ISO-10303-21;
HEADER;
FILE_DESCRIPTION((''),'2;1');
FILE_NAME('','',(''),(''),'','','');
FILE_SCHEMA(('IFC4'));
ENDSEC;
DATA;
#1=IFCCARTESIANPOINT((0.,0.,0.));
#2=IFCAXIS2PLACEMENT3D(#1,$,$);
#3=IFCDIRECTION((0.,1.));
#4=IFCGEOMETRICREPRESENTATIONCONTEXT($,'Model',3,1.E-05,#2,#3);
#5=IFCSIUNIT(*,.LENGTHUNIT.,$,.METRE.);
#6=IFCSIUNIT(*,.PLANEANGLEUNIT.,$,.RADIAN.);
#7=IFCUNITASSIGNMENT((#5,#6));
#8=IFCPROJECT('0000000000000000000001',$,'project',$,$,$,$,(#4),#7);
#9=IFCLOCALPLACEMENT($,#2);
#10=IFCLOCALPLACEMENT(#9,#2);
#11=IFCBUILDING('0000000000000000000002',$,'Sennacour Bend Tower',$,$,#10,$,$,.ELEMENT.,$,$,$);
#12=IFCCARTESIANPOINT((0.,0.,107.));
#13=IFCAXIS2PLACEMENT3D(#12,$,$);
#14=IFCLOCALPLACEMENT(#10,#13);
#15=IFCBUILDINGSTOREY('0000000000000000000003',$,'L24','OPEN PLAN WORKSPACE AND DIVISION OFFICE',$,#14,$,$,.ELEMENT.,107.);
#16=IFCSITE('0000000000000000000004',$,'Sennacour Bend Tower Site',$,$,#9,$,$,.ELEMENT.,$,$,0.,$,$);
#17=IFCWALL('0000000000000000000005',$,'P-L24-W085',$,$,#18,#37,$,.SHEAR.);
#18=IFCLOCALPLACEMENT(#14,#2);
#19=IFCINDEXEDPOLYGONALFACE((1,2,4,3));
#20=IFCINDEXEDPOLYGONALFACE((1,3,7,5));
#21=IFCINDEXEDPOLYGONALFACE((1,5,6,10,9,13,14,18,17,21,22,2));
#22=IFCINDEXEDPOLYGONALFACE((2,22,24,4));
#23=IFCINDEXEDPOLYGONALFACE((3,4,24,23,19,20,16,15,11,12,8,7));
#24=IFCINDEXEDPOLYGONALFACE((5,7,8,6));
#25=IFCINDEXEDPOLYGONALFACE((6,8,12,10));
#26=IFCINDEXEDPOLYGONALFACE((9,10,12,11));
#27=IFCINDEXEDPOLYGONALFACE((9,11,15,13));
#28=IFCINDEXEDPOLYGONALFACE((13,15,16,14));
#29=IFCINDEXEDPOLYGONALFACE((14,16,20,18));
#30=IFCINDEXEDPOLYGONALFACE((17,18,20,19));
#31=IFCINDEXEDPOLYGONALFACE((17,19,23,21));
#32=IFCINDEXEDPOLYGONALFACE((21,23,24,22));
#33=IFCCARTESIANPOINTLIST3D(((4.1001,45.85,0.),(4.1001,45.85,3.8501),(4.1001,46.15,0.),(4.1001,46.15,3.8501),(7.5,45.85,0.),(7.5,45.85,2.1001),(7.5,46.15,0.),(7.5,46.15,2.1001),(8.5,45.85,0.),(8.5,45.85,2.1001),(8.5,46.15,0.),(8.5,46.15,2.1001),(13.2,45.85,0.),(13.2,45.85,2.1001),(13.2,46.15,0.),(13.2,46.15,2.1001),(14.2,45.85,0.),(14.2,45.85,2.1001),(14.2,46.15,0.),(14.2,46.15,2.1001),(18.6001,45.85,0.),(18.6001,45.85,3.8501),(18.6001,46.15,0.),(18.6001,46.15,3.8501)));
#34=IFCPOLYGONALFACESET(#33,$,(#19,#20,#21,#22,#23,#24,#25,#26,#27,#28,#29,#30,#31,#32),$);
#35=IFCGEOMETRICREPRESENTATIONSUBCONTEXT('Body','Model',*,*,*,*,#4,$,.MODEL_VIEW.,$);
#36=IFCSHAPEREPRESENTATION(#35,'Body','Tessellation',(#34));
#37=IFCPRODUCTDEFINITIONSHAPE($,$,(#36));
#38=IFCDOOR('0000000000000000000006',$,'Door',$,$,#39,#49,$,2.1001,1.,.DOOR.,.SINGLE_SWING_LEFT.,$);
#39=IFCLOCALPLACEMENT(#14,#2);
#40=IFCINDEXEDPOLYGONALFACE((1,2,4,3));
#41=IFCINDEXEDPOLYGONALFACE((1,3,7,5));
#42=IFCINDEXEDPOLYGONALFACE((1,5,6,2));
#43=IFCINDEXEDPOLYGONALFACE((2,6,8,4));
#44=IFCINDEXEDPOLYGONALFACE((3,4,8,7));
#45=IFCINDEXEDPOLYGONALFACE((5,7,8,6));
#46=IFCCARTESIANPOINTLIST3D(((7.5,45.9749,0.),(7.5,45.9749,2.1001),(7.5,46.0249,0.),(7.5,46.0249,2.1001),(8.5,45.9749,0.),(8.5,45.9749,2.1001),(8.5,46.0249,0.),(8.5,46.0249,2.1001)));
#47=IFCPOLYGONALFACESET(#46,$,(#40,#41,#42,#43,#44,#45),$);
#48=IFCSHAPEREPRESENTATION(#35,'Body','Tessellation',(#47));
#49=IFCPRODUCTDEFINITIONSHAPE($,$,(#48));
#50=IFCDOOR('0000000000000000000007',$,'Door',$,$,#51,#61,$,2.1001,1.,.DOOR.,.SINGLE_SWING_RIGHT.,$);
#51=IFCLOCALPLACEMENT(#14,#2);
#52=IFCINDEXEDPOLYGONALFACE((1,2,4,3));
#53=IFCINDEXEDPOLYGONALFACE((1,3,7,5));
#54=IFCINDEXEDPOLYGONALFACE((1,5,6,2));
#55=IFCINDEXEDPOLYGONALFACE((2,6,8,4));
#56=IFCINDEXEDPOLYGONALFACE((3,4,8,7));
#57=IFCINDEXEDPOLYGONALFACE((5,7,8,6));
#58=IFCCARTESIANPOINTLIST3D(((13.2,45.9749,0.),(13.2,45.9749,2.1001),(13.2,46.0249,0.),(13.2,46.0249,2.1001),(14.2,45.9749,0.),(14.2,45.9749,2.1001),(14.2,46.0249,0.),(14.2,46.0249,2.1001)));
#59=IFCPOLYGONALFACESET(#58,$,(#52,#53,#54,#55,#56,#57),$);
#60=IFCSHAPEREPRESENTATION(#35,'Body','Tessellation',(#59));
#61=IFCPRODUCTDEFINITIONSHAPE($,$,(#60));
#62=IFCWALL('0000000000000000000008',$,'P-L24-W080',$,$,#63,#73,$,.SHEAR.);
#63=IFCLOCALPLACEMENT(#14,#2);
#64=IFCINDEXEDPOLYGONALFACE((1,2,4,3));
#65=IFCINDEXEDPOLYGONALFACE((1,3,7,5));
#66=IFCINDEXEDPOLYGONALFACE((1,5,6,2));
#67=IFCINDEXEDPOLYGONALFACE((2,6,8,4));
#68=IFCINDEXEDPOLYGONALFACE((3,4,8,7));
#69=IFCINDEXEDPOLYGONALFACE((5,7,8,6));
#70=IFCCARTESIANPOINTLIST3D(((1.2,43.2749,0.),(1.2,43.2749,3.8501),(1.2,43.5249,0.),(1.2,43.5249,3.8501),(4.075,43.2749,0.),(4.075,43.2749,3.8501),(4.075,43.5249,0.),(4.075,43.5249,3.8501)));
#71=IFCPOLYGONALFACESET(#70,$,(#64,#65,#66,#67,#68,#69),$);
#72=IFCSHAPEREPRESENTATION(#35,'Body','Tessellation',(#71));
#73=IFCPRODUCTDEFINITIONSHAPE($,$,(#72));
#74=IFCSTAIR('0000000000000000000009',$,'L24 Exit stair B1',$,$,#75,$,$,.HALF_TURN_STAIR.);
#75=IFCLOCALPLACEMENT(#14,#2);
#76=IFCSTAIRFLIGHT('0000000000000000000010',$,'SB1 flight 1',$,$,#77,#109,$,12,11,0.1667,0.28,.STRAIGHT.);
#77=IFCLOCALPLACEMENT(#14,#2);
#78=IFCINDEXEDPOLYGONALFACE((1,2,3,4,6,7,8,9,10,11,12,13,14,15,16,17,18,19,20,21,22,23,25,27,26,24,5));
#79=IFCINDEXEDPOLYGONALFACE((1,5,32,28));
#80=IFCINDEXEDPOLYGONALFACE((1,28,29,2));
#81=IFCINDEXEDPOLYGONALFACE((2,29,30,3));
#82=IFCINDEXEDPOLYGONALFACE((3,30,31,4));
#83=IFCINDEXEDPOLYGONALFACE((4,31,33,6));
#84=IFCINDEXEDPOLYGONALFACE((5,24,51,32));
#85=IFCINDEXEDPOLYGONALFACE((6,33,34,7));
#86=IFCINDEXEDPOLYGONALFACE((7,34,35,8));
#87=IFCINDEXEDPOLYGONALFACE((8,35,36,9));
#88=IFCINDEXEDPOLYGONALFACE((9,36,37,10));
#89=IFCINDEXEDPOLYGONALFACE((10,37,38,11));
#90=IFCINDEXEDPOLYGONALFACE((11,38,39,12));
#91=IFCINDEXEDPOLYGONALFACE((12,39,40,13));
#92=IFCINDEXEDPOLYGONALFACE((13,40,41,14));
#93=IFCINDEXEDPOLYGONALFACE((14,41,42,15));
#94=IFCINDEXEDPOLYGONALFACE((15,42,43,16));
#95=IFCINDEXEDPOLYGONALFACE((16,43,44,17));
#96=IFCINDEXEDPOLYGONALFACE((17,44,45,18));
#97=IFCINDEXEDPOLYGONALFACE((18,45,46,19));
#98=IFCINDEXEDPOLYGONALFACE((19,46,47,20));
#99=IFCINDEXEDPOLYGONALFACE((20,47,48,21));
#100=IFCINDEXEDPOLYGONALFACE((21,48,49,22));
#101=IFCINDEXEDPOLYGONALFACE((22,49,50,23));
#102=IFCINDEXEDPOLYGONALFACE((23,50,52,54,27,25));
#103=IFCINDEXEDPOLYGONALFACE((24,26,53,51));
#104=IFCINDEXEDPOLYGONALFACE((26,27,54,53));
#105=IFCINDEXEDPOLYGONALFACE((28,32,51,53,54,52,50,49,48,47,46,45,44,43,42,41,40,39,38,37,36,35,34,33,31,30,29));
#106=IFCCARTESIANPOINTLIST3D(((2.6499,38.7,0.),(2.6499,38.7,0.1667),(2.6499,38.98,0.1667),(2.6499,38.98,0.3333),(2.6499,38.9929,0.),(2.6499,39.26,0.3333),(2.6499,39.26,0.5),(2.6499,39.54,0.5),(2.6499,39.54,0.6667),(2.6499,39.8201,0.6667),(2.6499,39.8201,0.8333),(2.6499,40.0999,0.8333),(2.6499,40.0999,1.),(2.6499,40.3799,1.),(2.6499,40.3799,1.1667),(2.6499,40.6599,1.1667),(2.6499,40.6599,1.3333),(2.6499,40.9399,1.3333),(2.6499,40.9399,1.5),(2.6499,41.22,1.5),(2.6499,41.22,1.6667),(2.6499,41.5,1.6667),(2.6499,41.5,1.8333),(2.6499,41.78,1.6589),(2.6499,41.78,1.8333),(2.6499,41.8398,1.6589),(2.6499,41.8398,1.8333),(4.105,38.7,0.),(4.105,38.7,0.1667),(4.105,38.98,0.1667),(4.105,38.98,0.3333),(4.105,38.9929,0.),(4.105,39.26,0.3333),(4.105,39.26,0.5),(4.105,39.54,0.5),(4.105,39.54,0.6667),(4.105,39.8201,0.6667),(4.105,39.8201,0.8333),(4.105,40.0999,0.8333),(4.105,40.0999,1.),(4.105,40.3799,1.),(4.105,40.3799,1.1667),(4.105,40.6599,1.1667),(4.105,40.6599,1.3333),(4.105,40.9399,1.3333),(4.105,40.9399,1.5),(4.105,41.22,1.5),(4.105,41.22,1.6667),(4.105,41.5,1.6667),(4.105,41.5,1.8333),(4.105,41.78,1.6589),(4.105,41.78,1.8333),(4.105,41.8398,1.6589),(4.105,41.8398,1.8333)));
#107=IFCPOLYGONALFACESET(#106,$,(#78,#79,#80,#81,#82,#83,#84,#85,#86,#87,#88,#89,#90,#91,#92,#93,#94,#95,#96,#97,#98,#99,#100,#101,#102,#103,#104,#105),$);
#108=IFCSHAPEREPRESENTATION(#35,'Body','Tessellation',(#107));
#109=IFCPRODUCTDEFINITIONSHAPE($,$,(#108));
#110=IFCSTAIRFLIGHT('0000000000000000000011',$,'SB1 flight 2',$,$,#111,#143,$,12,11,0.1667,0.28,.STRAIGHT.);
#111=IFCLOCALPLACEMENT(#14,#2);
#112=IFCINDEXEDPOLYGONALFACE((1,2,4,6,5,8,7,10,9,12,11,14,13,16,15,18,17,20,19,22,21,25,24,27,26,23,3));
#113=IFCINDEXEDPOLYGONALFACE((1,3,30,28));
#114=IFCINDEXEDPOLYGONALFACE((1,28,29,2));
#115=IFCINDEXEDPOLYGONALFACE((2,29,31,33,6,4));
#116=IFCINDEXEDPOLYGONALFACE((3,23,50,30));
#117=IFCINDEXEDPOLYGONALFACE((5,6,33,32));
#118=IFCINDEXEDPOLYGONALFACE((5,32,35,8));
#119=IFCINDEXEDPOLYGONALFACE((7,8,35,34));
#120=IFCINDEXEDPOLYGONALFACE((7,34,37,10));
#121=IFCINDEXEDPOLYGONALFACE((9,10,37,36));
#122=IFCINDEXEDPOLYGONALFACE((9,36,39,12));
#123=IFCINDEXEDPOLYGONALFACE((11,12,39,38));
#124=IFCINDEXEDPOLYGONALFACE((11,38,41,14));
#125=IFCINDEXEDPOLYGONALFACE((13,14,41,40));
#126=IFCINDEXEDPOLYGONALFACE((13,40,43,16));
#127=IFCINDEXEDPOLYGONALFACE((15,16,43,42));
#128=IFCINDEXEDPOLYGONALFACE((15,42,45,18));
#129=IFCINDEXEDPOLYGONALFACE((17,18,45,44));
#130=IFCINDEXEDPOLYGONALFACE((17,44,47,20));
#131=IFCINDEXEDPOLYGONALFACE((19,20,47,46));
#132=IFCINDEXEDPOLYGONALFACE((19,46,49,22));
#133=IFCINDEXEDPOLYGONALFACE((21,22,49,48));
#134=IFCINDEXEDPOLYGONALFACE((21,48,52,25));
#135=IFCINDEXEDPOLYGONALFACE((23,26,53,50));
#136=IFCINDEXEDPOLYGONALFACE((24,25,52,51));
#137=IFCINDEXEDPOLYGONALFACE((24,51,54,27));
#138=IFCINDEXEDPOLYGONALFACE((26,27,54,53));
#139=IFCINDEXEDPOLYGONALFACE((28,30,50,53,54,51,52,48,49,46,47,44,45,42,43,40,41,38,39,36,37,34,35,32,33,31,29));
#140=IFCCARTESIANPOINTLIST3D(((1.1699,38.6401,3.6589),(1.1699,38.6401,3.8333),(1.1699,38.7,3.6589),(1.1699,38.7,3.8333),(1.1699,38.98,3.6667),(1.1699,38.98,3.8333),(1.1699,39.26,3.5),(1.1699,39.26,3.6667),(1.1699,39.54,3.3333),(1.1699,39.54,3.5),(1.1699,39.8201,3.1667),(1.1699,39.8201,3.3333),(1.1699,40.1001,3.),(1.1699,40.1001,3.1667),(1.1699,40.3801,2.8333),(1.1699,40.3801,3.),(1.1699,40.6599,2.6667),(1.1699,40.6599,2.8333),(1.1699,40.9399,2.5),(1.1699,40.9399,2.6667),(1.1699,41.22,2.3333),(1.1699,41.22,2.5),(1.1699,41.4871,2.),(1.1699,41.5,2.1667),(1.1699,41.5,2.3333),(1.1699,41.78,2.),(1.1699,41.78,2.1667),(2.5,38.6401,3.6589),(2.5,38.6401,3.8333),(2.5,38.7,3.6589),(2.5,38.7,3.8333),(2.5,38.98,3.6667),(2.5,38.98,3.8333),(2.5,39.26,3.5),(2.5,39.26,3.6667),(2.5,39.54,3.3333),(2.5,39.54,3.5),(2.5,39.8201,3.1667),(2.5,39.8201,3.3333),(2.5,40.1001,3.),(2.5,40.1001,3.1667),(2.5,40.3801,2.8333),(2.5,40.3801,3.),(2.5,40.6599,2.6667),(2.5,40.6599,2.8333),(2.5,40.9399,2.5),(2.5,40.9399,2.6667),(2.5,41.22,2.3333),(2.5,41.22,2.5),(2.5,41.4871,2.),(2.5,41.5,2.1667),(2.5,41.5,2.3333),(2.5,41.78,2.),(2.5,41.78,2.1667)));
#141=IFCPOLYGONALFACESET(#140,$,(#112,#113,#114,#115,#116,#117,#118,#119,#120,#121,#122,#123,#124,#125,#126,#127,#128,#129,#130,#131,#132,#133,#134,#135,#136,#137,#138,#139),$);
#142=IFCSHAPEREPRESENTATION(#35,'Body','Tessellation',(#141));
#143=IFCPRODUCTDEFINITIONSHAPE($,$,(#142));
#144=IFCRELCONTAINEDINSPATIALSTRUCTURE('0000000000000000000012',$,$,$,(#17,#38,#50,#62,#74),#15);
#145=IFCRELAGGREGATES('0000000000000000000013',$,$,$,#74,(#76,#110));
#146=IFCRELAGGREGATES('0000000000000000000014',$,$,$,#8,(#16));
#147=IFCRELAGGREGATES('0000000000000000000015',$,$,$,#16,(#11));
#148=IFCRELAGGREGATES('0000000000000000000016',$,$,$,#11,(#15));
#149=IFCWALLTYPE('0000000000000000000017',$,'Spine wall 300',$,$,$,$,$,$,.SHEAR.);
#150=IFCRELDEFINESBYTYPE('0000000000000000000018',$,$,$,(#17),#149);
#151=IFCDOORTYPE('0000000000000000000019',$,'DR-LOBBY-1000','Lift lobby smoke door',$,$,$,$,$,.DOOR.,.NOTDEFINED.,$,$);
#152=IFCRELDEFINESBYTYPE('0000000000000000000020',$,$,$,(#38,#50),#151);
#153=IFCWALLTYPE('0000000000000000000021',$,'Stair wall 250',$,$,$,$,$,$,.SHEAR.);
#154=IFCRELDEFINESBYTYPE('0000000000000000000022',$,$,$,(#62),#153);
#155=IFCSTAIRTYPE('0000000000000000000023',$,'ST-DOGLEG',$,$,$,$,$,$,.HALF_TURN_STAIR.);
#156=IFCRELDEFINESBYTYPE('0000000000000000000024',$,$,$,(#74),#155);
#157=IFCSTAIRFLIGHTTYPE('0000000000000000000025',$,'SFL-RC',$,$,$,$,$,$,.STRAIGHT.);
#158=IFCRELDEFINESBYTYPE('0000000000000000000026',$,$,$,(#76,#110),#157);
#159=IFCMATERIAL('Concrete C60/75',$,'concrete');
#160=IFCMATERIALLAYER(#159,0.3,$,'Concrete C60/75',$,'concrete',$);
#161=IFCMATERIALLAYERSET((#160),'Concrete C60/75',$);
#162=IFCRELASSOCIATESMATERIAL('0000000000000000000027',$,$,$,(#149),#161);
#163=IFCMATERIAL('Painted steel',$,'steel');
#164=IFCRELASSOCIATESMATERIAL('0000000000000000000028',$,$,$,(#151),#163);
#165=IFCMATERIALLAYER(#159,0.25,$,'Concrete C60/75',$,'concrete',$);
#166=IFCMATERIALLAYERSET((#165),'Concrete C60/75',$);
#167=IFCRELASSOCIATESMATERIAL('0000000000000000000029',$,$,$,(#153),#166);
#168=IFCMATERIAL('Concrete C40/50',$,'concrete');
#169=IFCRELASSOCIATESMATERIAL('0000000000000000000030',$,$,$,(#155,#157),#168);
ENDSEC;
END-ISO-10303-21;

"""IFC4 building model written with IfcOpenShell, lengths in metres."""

from ifc_helpers import new_model, si_unit, direction, frame, frame_2d, origin, place, context, subcontext, project, spatial, polyline, rectangle, outline, extrude, material, layer, layer_set, type_object, element, fill, aggregate, save


model = new_model("IFC4")

# Units and contexts
model_context = context("Model", 3, precision=1e-05, world=origin(), true_north=direction((0.0, 1.0)))
body_context = subcontext(model_context, "Body", "Model", "MODEL_VIEW")
ifc_project = project(units=[si_unit("LENGTHUNIT", "METRE"), si_unit("PLANEANGLEUNIT", "RADIAN")], contexts=[model_context])

# Site, building, storey
site_placement = place(None, origin())
site = spatial("IfcSite", under=ifc_project, at=site_placement, Name="Sennacour Bend Tower Site", CompositionType="ELEMENT", RefElevation=0.0)
building_placement = place(site_placement, origin())
building = spatial("IfcBuilding", under=site, at=building_placement, Name="Sennacour Bend Tower", CompositionType="ELEMENT")
storey_placement = place(building_placement, frame((0.0, 0.0, 107.0)))
storey = spatial("IfcBuildingStorey", under=building, at=storey_placement, Name="L24", Description="OPEN PLAN WORKSPACE AND DIVISION OFFICE", CompositionType="ELEMENT", Elevation=107.0)

# Shared definitions
ifc_material_1 = material(Name="Painted steel", Category="steel")

# Wall, openings, doors
ifc_material_2 = material(Name="Concrete C60/75", Category="concrete")
ifc_layer_1 = layer(ifc_material_2, 0.3, Name="Concrete C60/75", Category="concrete")
ifc_layer_set_1 = layer_set([ifc_layer_1], Name="Concrete C60/75")
wall_type_1 = type_object("IfcWallType", Name="Spine wall 300", PredefinedType="SHEAR", material=ifc_layer_set_1)
wall_1_placement = place(storey_placement, frame((4.1001, 46.0, 0.0), z_axis=(0.0, 0.0, 1.0), x_axis=(1.0, 0.0, 0.0)))
wall_1 = element("IfcWall", 1, at=wall_1_placement, inside=storey, type_object=wall_type_1, Name="P-L24-W085", PredefinedType="SHEAR", context=body_context, shape_type="SweptSolid", body=[
    extrude(rectangle(XDim=14.5, YDim=0.3, at=frame_2d((7.25, 0.0))), origin(), (0.0, 0.0, 1.0), 3.8501),
])
opening_1_placement = place(wall_1_placement, frame((3.3999, 0.0, 0.0)))
opening_1 = element("IfcOpeningElement", 2, at=opening_1_placement, cuts=wall_1, PredefinedType="OPENING", context=body_context, shape_type="SweptSolid", body=[
    extrude(rectangle(XDim=1.0, YDim=2.1001, at=frame_2d((0.5, 1.05))), frame((0.0, 0.1602, 0.0), z_axis=(0.0, -1.0, 0.0), x_axis=(1.0, 0.0, 0.0)), (0.0, 0.0, 1.0), 0.3201),
])
opening_2_placement = place(wall_1_placement, frame((9.0999, 0.0, 0.0)))
opening_2 = element("IfcOpeningElement", 3, at=opening_2_placement, cuts=wall_1, PredefinedType="OPENING", context=body_context, shape_type="SweptSolid", body=[
    extrude(rectangle(XDim=1.0, YDim=2.1001, at=frame_2d((0.5, 1.05))), frame((0.0, 0.1602, 0.0), z_axis=(0.0, -1.0, 0.0), x_axis=(1.0, 0.0, 0.0)), (0.0, 0.0, 1.0), 0.3201),
])
door_type_1 = type_object("IfcDoorType", Name="DR-LOBBY-1000", Description="Lift lobby smoke door", OperationType="NOTDEFINED", PredefinedType="DOOR", material=ifc_material_1)
door_1_placement = place(opening_1_placement, origin())
door_1 = element("IfcDoor", 4, at=door_1_placement, inside=storey, type_object=door_type_1, Name="Door", OperationType="SINGLE_SWING_LEFT", OverallHeight=2.1001, OverallWidth=1.0, PredefinedType="DOOR", context=body_context, shape_type="SweptSolid", body=[
    extrude(rectangle(XDim=1.0, YDim=2.1001, at=frame_2d((0.5, 1.05))), frame((0.0, 0.0249, 0.0), z_axis=(0.0, -1.0, 0.0), x_axis=(1.0, 0.0, 0.0)), (0.0, 0.0, 1.0), 0.05),
])
fill(opening_1, door_1)
door_2_placement = place(opening_2_placement, origin())
door_2 = element("IfcDoor", 5, at=door_2_placement, inside=storey, type_object=door_type_1, Name="Door", OperationType="SINGLE_SWING_RIGHT", OverallHeight=2.1001, OverallWidth=1.0, PredefinedType="DOOR", context=body_context, shape_type="SweptSolid", body=[
    extrude(rectangle(XDim=1.0, YDim=2.1001, at=frame_2d((0.5, 1.05))), frame((0.0, 0.0249, 0.0), z_axis=(0.0, -1.0, 0.0), x_axis=(1.0, 0.0, 0.0)), (0.0, 0.0, 1.0), 0.05),
])
fill(opening_2, door_2)

# Wall
ifc_layer_2 = layer(ifc_material_2, 0.25, Name="Concrete C60/75", Category="concrete")
ifc_layer_set_2 = layer_set([ifc_layer_2], Name="Concrete C60/75")
wall_type_2 = type_object("IfcWallType", Name="Stair wall 250", PredefinedType="SHEAR", material=ifc_layer_set_2)
wall_2_placement = place(storey_placement, frame((1.2, 43.3999, 0.0), z_axis=(0.0, 0.0, 1.0), x_axis=(1.0, 0.0, 0.0)))
element("IfcWall", 6, at=wall_2_placement, inside=storey, type_object=wall_type_2, Name="P-L24-W080", PredefinedType="SHEAR", context=body_context, shape_type="SweptSolid", body=[
    extrude(rectangle(XDim=2.875, YDim=0.25, at=frame_2d((1.4375, 0.0))), origin(), (0.0, 0.0, 1.0), 3.8501),
])

# Stair, stair flights
ifc_material_3 = material(Name="Concrete C40/50", Category="concrete")
stair_type = type_object("IfcStairType", Name="ST-DOGLEG", PredefinedType="HALF_TURN_STAIR", material=ifc_material_3)
stair_placement = place(storey_placement, origin())
stair = element("IfcStair", 7, at=stair_placement, inside=storey, type_object=stair_type, Name="L24 Exit stair B1", PredefinedType="HALF_TURN_STAIR")
stair_flight_type = type_object("IfcStairFlightType", Name="SFL-RC", PredefinedType="STRAIGHT", material=ifc_material_3)
stair_flight_1_placement = place(storey_placement, frame((3.3774, 38.7, 0.0), z_axis=(0.0, 0.0, 1.0), x_axis=(0.0, 1.0, 0.0)))
stair_flight_1 = element("IfcStairFlight", 8, at=stair_flight_1_placement, type_object=stair_flight_type, Name="SB1 flight 1", NumberOfRisers=12, NumberOfTreads=11, PredefinedType="STRAIGHT", RiserHeight=0.1667, TreadLength=0.28, context=body_context, shape_type="SweptSolid", body=[
    extrude(outline(polyline([(0.0, 0.0), (0.0, 0.1667), (0.28, 0.1667), (0.28, 0.3333), (0.5601, 0.3333), (0.5601, 0.5), (0.8401, 0.5), (0.8401, 0.6667), (1.1201, 0.6667), (1.1201, 0.8333), (1.3999, 0.8333), (1.3999, 1.0), (1.6799, 1.0), (1.6799, 1.1667), (1.96, 1.1667), (1.96, 1.3333), (2.24, 1.3333), (2.24, 1.5), (2.52, 1.5), (2.52, 1.6667), (2.8, 1.6667), (2.8, 1.8333), (3.0801, 1.8333), (3.1399, 1.8333), (3.1399, 1.6589), (3.0801, 1.6589), (0.293, 0.0), (0.0, 0.0)])), frame((0.0, 0.7275, 0.0), z_axis=(0.0, -1.0, 0.0), x_axis=(1.0, 0.0, 0.0)), (0.0, 0.0, 1.0), 1.4551),
])
stair_flight_2_placement = place(storey_placement, frame((1.835, 41.78, 2.0), z_axis=(0.0, 0.0, 1.0), x_axis=(0.0, -1.0, 0.0)))
stair_flight_2 = element("IfcStairFlight", 9, at=stair_flight_2_placement, type_object=stair_flight_type, Name="SB1 flight 2", NumberOfRisers=12, NumberOfTreads=11, PredefinedType="STRAIGHT", RiserHeight=0.1667, TreadLength=0.28, context=body_context, shape_type="SweptSolid", body=[
    extrude(outline(polyline([(0.0, 0.0), (0.0, 0.1667), (0.28, 0.1667), (0.28, 0.3333), (0.5601, 0.3333), (0.5601, 0.5), (0.8401, 0.5), (0.8401, 0.6667), (1.1201, 0.6667), (1.1201, 0.8333), (1.3999, 0.8333), (1.3999, 1.0), (1.6799, 1.0), (1.6799, 1.1667), (1.96, 1.1667), (1.96, 1.3333), (2.24, 1.3333), (2.24, 1.5), (2.52, 1.5), (2.52, 1.6667), (2.8, 1.6667), (2.8, 1.8333), (3.0801, 1.8333), (3.1399, 1.8333), (3.1399, 1.6589), (3.0801, 1.6589), (0.293, 0.0), (0.0, 0.0)])), frame((0.0, 0.665, 0.0), z_axis=(0.0, -1.0, 0.0), x_axis=(1.0, 0.0, 0.0)), (0.0, 0.0, 1.0), 1.3301),
])
aggregate(stair, [stair_flight_1, stair_flight_2])

save(model, "model.ifc")
